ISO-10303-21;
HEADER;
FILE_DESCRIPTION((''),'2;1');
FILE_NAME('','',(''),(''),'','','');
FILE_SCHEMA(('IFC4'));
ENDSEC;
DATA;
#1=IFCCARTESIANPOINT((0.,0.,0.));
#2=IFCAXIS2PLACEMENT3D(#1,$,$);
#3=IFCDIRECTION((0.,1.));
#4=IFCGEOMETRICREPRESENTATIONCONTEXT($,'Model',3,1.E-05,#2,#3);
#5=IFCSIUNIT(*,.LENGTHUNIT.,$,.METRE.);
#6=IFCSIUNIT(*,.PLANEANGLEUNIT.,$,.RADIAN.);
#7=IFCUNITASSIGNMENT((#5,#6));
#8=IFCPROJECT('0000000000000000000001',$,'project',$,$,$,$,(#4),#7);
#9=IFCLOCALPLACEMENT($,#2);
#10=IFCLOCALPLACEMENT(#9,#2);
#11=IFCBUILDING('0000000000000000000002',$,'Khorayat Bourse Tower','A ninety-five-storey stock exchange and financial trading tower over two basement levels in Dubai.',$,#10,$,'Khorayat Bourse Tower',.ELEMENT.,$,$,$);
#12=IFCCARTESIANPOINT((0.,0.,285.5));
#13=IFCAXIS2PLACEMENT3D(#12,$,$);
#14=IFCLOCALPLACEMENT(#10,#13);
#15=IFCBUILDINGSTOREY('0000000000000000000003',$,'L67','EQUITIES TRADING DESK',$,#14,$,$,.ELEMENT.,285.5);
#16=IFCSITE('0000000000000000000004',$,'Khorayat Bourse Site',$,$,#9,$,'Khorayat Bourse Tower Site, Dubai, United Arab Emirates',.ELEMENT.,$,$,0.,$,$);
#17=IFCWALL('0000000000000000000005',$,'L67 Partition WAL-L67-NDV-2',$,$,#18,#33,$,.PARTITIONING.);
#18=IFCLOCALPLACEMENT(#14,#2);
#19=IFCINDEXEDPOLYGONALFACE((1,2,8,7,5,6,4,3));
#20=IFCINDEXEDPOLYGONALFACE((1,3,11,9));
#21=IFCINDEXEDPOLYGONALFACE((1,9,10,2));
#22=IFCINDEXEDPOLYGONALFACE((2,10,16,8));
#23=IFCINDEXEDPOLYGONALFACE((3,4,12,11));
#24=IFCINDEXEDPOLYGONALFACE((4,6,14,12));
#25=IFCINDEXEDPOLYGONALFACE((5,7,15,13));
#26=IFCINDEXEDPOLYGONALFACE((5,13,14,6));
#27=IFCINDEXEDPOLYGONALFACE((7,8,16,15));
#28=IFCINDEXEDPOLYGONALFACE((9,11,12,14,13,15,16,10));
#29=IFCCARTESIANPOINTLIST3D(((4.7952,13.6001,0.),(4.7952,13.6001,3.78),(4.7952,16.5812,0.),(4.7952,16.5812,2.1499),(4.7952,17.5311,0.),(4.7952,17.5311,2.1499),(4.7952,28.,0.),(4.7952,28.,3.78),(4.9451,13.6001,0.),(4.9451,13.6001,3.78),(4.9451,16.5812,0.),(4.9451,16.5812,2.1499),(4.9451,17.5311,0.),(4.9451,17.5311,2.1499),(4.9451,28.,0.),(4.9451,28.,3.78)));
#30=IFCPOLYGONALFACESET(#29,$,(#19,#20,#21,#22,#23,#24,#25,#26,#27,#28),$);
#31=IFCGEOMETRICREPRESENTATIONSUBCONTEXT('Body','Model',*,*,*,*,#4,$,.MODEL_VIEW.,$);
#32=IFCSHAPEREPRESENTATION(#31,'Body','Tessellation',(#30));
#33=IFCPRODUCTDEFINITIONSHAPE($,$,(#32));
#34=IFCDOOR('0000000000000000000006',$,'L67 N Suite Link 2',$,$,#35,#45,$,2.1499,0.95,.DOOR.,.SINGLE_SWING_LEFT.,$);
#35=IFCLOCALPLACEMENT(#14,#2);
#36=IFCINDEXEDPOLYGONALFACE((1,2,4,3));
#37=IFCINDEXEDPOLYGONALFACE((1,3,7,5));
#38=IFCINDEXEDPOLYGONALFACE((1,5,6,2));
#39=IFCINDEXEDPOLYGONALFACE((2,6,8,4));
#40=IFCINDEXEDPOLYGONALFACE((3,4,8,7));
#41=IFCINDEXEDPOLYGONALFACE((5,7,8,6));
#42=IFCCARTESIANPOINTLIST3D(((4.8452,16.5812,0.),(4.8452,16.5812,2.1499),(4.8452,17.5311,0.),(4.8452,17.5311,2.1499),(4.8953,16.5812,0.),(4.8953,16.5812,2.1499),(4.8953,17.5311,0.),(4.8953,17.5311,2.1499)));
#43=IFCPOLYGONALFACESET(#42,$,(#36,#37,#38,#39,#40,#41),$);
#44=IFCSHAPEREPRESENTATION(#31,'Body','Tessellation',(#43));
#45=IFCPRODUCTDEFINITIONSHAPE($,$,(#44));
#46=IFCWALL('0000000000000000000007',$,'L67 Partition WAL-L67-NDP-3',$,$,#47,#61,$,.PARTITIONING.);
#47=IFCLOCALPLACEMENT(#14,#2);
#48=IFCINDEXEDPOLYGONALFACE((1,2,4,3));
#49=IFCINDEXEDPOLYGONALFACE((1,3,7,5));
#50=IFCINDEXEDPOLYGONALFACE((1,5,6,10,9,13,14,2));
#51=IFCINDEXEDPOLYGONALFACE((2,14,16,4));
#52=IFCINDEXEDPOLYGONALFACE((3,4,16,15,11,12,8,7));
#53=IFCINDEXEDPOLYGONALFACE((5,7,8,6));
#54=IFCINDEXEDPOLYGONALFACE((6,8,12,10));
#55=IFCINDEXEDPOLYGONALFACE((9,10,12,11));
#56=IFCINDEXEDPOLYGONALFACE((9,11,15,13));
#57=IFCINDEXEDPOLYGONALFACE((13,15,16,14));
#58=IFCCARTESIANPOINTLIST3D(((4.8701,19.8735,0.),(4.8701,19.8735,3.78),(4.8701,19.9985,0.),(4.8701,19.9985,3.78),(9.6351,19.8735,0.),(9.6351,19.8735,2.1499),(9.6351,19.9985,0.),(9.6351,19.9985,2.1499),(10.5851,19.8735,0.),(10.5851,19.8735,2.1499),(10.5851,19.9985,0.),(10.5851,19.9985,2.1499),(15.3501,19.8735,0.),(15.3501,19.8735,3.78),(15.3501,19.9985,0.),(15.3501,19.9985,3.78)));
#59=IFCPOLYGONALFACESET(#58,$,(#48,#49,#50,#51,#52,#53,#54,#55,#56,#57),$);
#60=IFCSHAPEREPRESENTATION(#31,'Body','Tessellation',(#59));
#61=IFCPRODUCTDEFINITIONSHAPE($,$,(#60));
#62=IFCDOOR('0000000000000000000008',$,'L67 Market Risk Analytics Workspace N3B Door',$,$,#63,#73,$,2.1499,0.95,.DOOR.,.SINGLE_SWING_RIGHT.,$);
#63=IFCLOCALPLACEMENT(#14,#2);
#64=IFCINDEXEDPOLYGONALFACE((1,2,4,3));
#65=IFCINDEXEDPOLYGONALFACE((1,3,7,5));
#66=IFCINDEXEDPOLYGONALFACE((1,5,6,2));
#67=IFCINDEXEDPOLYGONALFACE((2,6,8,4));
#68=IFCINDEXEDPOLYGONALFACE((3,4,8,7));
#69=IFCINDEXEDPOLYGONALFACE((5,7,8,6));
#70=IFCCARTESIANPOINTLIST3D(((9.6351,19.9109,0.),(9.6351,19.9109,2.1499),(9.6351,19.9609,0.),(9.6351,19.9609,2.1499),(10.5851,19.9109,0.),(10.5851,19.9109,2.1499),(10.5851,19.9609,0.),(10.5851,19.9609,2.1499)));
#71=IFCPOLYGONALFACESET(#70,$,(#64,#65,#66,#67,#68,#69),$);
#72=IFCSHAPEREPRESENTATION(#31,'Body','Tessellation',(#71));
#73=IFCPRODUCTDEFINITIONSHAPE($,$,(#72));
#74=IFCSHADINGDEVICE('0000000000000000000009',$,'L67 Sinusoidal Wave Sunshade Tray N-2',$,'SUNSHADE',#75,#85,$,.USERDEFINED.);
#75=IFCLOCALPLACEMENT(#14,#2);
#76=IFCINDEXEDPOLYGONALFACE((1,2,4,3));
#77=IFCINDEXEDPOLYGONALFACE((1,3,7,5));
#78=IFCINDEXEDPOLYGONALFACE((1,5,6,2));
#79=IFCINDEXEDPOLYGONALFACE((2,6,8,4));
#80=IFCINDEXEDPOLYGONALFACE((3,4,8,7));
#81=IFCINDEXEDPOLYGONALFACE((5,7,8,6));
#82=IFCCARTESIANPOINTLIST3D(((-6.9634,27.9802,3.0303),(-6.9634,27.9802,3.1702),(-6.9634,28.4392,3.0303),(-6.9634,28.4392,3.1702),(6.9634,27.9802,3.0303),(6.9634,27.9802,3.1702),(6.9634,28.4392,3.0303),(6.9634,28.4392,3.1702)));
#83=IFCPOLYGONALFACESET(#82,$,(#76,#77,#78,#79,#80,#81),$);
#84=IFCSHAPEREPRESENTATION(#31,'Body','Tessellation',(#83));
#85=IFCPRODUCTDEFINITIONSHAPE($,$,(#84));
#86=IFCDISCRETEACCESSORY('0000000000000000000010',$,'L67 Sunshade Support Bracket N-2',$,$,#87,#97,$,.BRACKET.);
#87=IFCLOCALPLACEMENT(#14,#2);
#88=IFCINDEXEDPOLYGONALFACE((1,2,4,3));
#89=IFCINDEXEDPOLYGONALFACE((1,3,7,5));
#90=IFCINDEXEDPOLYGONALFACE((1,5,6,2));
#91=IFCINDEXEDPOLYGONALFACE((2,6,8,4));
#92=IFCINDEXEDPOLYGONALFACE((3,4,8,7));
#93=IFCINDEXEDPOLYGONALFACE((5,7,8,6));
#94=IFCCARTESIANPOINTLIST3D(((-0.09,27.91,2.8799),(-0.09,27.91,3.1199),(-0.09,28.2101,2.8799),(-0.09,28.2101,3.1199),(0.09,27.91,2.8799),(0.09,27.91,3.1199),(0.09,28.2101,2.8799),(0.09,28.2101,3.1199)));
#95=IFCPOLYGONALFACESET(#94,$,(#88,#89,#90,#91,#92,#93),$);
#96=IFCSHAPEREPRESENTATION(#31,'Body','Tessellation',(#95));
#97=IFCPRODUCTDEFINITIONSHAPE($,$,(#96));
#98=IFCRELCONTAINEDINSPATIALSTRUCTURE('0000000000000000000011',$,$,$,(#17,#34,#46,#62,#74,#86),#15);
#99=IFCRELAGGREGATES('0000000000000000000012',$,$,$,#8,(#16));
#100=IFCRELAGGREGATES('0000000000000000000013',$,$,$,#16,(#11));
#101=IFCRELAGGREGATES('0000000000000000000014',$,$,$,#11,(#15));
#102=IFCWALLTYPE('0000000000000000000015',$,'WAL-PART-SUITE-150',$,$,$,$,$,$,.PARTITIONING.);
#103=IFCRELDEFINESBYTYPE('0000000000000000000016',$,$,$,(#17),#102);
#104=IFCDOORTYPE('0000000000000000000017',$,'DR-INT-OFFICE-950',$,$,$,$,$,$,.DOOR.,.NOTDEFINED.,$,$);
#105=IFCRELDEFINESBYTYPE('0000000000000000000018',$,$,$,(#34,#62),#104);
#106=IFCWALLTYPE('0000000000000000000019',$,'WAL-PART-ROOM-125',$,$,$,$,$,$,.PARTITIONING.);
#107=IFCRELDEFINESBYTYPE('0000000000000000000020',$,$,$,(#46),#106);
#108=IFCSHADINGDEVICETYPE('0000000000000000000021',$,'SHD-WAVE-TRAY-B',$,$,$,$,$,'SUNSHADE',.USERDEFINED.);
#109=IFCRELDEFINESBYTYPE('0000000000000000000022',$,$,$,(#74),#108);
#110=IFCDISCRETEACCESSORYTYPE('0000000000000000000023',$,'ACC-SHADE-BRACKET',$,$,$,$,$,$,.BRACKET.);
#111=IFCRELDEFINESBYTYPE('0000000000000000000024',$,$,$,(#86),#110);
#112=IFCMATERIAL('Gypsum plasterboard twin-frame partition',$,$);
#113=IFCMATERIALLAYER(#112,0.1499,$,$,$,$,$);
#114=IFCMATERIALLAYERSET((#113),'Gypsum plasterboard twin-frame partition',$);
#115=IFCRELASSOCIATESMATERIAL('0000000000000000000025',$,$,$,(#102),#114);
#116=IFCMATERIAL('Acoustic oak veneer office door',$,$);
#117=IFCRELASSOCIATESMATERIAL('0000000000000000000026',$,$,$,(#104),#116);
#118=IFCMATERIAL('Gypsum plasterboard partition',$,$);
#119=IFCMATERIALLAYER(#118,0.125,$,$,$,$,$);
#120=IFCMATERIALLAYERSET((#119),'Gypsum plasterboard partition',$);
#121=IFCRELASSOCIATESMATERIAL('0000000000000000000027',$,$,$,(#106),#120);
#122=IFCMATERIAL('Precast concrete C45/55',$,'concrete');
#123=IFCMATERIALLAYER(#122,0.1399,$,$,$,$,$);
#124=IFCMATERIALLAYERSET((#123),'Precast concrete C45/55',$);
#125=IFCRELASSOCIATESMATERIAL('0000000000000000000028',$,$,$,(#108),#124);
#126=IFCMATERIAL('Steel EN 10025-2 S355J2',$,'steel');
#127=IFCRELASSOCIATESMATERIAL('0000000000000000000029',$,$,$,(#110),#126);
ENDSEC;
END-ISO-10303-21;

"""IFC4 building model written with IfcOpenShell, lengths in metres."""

from ifc_helpers import new_model, si_unit, direction, frame, frame_2d, origin, origin_2d, place, context, subcontext, project, spatial, rectangle, extrude, source, transform, mapped, material, layer, layer_set, type_object, element, fill, save


model = new_model("IFC4")

# Units and contexts
model_context = context("Model", 3, precision=1e-05, world=origin(), true_north=direction((0.0, 1.0)))
body_context = subcontext(model_context, "Body", "Model", "MODEL_VIEW")
ifc_project = project(units=[si_unit("LENGTHUNIT", "METRE"), si_unit("PLANEANGLEUNIT", "RADIAN")], contexts=[model_context])

# Site, building, storey
site_placement = place(None, origin())
site = spatial("IfcSite", under=ifc_project, at=site_placement, Name="Khorayat Bourse Site", LongName="Khorayat Bourse Tower Site, Dubai, United Arab Emirates", CompositionType="ELEMENT", RefElevation=0.0)
building_placement = place(site_placement, origin())
building = spatial("IfcBuilding", under=site, at=building_placement, Name="Khorayat Bourse Tower", Description="A ninety-five-storey stock exchange and financial trading tower over two basement levels in Dubai.", LongName="Khorayat Bourse Tower", CompositionType="ELEMENT")
storey_placement = place(building_placement, frame((0.0, 0.0, 285.5)))
storey = spatial("IfcBuildingStorey", under=building, at=storey_placement, Name="L67", Description="EQUITIES TRADING DESK", CompositionType="ELEMENT", Elevation=285.5)

# Shared definitions
ifc_material_1 = material(Name="Steel EN 10025-2 S355J2", Category="steel")

# Walls, openings, doors
ifc_material_2 = material(Name="Gypsum plasterboard twin-frame partition")
ifc_layer_1 = layer(ifc_material_2, 0.1499)
ifc_layer_set_1 = layer_set([ifc_layer_1], Name="Gypsum plasterboard twin-frame partition")
wall_type_1 = type_object("IfcWallType", Name="WAL-PART-SUITE-150", PredefinedType="PARTITIONING", material=ifc_layer_set_1)
shared_shape_1 = source(origin(), body_context, "Body", "SweptSolid", [
    extrude(rectangle(XDim=14.3999, YDim=0.1499, at=frame_2d((7.2, 0.0))), origin(), (0.0, 0.0, 1.0), 3.78),
])
wall_1_placement = place(storey_placement, frame((4.8701, 13.6001, 0.0), z_axis=(0.0, 0.0, 1.0), x_axis=(0.0, 1.0, 0.0)))
wall_1 = element("IfcWall", 1, at=wall_1_placement, inside=storey, type_object=wall_type_1, Name="L67 Partition WAL-L67-NDV-2", PredefinedType="PARTITIONING", context=body_context, shape_type="MappedRepresentation", body=[
    mapped(shared_shape_1, transform((0.0, 0.0, 0.0), scale=1.0)),
])
shared_shape_2 = source(origin(), body_context, "Body", "SweptSolid", [
    extrude(rectangle(XDim=0.95, YDim=2.1499, at=frame_2d((0.4751, 1.075))), frame((0.0, 0.085, 0.0), z_axis=(0.0, -1.0, 0.0), x_axis=(1.0, 0.0, 0.0)), (0.0, 0.0, 1.0), 0.1699),
])
opening_1_placement = place(wall_1_placement, frame((2.981, 0.0, 0.0)))
opening_1 = element("IfcOpeningElement", 2, at=opening_1_placement, cuts=wall_1, PredefinedType="OPENING", context=body_context, shape_type="MappedRepresentation", body=[
    mapped(shared_shape_2, transform((0.0, 0.0, 0.0), scale=1.0)),
])
ifc_material_3 = material(Name="Acoustic oak veneer office door")
door_type_1 = type_object("IfcDoorType", Name="DR-INT-OFFICE-950", OperationType="NOTDEFINED", PredefinedType="DOOR", material=ifc_material_3)
shared_shape_3 = source(origin(), body_context, "Body", "SweptSolid", [
    extrude(rectangle(XDim=0.95, YDim=2.1499, at=frame_2d((0.4751, 1.075))), frame((0.0, 0.0249, 0.0), z_axis=(0.0, -1.0, 0.0), x_axis=(1.0, 0.0, 0.0)), (0.0, 0.0, 1.0), 0.05),
])
door_1_placement = place(opening_1_placement, origin())
door_1 = element("IfcDoor", 3, at=door_1_placement, inside=storey, type_object=door_type_1, Name="L67 N Suite Link 2", OperationType="SINGLE_SWING_LEFT", OverallHeight=2.1499, OverallWidth=0.95, PredefinedType="DOOR", context=body_context, shape_type="MappedRepresentation", body=[
    mapped(shared_shape_3, transform((0.0, 0.0, 0.0), scale=1.0)),
])
fill(opening_1, door_1)
ifc_material_4 = material(Name="Gypsum plasterboard partition")
ifc_layer_2 = layer(ifc_material_4, 0.125)
ifc_layer_set_2 = layer_set([ifc_layer_2], Name="Gypsum plasterboard partition")
wall_type_2 = type_object("IfcWallType", Name="WAL-PART-ROOM-125", PredefinedType="PARTITIONING", material=ifc_layer_set_2)
shared_shape_4 = source(origin(), body_context, "Body", "SweptSolid", [
    extrude(rectangle(XDim=10.48, YDim=0.125, at=frame_2d((5.24, 0.0))), origin(), (0.0, 0.0, 1.0), 3.78),
])
wall_2_placement = place(storey_placement, frame((4.8701, 19.936, 0.0), z_axis=(0.0, 0.0, 1.0), x_axis=(1.0, 0.0, 0.0)))
wall_2 = element("IfcWall", 4, at=wall_2_placement, inside=storey, type_object=wall_type_2, Name="L67 Partition WAL-L67-NDP-3", PredefinedType="PARTITIONING", context=body_context, shape_type="MappedRepresentation", body=[
    mapped(shared_shape_4, transform((0.0, 0.0, 0.0), scale=1.0)),
])
shared_shape_5 = source(origin(), body_context, "Body", "SweptSolid", [
    extrude(rectangle(XDim=0.95, YDim=2.1499, at=frame_2d((0.4751, 1.075))), frame((0.0, 0.0725, 0.0), z_axis=(0.0, -1.0, 0.0), x_axis=(1.0, 0.0, 0.0)), (0.0, 0.0, 1.0), 0.145),
])
opening_2_placement = place(wall_2_placement, frame((4.7649, 0.0, 0.0)))
opening_2 = element("IfcOpeningElement", 5, at=opening_2_placement, cuts=wall_2, PredefinedType="OPENING", context=body_context, shape_type="MappedRepresentation", body=[
    mapped(shared_shape_5, transform((0.0, 0.0, 0.0), scale=1.0)),
])
door_2_placement = place(opening_2_placement, origin())
door_2 = element("IfcDoor", 6, at=door_2_placement, inside=storey, type_object=door_type_1, Name="L67 Market Risk Analytics Workspace N3B Door", OperationType="SINGLE_SWING_RIGHT", OverallHeight=2.1499, OverallWidth=0.95, PredefinedType="DOOR", context=body_context, shape_type="MappedRepresentation", body=[
    mapped(shared_shape_3, transform((0.0, 0.0, 0.0), scale=1.0)),
])
fill(opening_2, door_2)

# Shading device
ifc_material_5 = material(Name="Precast concrete C45/55", Category="concrete")
ifc_layer_3 = layer(ifc_material_5, 0.1399)
ifc_layer_set_3 = layer_set([ifc_layer_3], Name="Precast concrete C45/55")
shading_device_type = type_object("IfcShadingDeviceType", Name="SHD-WAVE-TRAY-B", ElementType="SUNSHADE", PredefinedType="USERDEFINED", material=ifc_layer_set_3)
shared_shape_6 = source(origin(), body_context, "Body", "SweptSolid", [
    extrude(rectangle(XDim=13.9268, YDim=0.459, at=origin_2d()), origin(), (0.0, 0.0, 1.0), 0.1399),
])
shading_device_placement = place(storey_placement, frame((0.0, 28.2097, 3.0303), z_axis=(0.0, 0.0, 1.0), x_axis=(1.0, 0.0, 0.0)))
element("IfcShadingDevice", 7, at=shading_device_placement, inside=storey, type_object=shading_device_type, Name="L67 Sinusoidal Wave Sunshade Tray N-2", ObjectType="SUNSHADE", PredefinedType="USERDEFINED", context=body_context, shape_type="MappedRepresentation", body=[
    mapped(shared_shape_6, transform((0.0, 0.0, 0.0), scale=1.0)),
])

# Discrete accessory
discrete_accessory_type = type_object("IfcDiscreteAccessoryType", Name="ACC-SHADE-BRACKET", PredefinedType="BRACKET", material=ifc_material_1)
shared_shape_7 = source(origin(), body_context, "Body", "SweptSolid", [
    extrude(rectangle(XDim=0.1799, YDim=0.3, at=origin_2d()), origin(), (0.0, 0.0, 1.0), 0.24),
])
discrete_accessory_placement = place(storey_placement, frame((0.0, 28.0601, 2.8799), z_axis=(0.0, 0.0, 1.0), x_axis=(1.0, 0.0, 0.0)))
element("IfcDiscreteAccessory", 8, at=discrete_accessory_placement, inside=storey, type_object=discrete_accessory_type, Name="L67 Sunshade Support Bracket N-2", PredefinedType="BRACKET", context=body_context, shape_type="MappedRepresentation", body=[
    mapped(shared_shape_7, transform((0.0, 0.0, 0.0), scale=1.0)),
])

save(model, "model.ifc")
